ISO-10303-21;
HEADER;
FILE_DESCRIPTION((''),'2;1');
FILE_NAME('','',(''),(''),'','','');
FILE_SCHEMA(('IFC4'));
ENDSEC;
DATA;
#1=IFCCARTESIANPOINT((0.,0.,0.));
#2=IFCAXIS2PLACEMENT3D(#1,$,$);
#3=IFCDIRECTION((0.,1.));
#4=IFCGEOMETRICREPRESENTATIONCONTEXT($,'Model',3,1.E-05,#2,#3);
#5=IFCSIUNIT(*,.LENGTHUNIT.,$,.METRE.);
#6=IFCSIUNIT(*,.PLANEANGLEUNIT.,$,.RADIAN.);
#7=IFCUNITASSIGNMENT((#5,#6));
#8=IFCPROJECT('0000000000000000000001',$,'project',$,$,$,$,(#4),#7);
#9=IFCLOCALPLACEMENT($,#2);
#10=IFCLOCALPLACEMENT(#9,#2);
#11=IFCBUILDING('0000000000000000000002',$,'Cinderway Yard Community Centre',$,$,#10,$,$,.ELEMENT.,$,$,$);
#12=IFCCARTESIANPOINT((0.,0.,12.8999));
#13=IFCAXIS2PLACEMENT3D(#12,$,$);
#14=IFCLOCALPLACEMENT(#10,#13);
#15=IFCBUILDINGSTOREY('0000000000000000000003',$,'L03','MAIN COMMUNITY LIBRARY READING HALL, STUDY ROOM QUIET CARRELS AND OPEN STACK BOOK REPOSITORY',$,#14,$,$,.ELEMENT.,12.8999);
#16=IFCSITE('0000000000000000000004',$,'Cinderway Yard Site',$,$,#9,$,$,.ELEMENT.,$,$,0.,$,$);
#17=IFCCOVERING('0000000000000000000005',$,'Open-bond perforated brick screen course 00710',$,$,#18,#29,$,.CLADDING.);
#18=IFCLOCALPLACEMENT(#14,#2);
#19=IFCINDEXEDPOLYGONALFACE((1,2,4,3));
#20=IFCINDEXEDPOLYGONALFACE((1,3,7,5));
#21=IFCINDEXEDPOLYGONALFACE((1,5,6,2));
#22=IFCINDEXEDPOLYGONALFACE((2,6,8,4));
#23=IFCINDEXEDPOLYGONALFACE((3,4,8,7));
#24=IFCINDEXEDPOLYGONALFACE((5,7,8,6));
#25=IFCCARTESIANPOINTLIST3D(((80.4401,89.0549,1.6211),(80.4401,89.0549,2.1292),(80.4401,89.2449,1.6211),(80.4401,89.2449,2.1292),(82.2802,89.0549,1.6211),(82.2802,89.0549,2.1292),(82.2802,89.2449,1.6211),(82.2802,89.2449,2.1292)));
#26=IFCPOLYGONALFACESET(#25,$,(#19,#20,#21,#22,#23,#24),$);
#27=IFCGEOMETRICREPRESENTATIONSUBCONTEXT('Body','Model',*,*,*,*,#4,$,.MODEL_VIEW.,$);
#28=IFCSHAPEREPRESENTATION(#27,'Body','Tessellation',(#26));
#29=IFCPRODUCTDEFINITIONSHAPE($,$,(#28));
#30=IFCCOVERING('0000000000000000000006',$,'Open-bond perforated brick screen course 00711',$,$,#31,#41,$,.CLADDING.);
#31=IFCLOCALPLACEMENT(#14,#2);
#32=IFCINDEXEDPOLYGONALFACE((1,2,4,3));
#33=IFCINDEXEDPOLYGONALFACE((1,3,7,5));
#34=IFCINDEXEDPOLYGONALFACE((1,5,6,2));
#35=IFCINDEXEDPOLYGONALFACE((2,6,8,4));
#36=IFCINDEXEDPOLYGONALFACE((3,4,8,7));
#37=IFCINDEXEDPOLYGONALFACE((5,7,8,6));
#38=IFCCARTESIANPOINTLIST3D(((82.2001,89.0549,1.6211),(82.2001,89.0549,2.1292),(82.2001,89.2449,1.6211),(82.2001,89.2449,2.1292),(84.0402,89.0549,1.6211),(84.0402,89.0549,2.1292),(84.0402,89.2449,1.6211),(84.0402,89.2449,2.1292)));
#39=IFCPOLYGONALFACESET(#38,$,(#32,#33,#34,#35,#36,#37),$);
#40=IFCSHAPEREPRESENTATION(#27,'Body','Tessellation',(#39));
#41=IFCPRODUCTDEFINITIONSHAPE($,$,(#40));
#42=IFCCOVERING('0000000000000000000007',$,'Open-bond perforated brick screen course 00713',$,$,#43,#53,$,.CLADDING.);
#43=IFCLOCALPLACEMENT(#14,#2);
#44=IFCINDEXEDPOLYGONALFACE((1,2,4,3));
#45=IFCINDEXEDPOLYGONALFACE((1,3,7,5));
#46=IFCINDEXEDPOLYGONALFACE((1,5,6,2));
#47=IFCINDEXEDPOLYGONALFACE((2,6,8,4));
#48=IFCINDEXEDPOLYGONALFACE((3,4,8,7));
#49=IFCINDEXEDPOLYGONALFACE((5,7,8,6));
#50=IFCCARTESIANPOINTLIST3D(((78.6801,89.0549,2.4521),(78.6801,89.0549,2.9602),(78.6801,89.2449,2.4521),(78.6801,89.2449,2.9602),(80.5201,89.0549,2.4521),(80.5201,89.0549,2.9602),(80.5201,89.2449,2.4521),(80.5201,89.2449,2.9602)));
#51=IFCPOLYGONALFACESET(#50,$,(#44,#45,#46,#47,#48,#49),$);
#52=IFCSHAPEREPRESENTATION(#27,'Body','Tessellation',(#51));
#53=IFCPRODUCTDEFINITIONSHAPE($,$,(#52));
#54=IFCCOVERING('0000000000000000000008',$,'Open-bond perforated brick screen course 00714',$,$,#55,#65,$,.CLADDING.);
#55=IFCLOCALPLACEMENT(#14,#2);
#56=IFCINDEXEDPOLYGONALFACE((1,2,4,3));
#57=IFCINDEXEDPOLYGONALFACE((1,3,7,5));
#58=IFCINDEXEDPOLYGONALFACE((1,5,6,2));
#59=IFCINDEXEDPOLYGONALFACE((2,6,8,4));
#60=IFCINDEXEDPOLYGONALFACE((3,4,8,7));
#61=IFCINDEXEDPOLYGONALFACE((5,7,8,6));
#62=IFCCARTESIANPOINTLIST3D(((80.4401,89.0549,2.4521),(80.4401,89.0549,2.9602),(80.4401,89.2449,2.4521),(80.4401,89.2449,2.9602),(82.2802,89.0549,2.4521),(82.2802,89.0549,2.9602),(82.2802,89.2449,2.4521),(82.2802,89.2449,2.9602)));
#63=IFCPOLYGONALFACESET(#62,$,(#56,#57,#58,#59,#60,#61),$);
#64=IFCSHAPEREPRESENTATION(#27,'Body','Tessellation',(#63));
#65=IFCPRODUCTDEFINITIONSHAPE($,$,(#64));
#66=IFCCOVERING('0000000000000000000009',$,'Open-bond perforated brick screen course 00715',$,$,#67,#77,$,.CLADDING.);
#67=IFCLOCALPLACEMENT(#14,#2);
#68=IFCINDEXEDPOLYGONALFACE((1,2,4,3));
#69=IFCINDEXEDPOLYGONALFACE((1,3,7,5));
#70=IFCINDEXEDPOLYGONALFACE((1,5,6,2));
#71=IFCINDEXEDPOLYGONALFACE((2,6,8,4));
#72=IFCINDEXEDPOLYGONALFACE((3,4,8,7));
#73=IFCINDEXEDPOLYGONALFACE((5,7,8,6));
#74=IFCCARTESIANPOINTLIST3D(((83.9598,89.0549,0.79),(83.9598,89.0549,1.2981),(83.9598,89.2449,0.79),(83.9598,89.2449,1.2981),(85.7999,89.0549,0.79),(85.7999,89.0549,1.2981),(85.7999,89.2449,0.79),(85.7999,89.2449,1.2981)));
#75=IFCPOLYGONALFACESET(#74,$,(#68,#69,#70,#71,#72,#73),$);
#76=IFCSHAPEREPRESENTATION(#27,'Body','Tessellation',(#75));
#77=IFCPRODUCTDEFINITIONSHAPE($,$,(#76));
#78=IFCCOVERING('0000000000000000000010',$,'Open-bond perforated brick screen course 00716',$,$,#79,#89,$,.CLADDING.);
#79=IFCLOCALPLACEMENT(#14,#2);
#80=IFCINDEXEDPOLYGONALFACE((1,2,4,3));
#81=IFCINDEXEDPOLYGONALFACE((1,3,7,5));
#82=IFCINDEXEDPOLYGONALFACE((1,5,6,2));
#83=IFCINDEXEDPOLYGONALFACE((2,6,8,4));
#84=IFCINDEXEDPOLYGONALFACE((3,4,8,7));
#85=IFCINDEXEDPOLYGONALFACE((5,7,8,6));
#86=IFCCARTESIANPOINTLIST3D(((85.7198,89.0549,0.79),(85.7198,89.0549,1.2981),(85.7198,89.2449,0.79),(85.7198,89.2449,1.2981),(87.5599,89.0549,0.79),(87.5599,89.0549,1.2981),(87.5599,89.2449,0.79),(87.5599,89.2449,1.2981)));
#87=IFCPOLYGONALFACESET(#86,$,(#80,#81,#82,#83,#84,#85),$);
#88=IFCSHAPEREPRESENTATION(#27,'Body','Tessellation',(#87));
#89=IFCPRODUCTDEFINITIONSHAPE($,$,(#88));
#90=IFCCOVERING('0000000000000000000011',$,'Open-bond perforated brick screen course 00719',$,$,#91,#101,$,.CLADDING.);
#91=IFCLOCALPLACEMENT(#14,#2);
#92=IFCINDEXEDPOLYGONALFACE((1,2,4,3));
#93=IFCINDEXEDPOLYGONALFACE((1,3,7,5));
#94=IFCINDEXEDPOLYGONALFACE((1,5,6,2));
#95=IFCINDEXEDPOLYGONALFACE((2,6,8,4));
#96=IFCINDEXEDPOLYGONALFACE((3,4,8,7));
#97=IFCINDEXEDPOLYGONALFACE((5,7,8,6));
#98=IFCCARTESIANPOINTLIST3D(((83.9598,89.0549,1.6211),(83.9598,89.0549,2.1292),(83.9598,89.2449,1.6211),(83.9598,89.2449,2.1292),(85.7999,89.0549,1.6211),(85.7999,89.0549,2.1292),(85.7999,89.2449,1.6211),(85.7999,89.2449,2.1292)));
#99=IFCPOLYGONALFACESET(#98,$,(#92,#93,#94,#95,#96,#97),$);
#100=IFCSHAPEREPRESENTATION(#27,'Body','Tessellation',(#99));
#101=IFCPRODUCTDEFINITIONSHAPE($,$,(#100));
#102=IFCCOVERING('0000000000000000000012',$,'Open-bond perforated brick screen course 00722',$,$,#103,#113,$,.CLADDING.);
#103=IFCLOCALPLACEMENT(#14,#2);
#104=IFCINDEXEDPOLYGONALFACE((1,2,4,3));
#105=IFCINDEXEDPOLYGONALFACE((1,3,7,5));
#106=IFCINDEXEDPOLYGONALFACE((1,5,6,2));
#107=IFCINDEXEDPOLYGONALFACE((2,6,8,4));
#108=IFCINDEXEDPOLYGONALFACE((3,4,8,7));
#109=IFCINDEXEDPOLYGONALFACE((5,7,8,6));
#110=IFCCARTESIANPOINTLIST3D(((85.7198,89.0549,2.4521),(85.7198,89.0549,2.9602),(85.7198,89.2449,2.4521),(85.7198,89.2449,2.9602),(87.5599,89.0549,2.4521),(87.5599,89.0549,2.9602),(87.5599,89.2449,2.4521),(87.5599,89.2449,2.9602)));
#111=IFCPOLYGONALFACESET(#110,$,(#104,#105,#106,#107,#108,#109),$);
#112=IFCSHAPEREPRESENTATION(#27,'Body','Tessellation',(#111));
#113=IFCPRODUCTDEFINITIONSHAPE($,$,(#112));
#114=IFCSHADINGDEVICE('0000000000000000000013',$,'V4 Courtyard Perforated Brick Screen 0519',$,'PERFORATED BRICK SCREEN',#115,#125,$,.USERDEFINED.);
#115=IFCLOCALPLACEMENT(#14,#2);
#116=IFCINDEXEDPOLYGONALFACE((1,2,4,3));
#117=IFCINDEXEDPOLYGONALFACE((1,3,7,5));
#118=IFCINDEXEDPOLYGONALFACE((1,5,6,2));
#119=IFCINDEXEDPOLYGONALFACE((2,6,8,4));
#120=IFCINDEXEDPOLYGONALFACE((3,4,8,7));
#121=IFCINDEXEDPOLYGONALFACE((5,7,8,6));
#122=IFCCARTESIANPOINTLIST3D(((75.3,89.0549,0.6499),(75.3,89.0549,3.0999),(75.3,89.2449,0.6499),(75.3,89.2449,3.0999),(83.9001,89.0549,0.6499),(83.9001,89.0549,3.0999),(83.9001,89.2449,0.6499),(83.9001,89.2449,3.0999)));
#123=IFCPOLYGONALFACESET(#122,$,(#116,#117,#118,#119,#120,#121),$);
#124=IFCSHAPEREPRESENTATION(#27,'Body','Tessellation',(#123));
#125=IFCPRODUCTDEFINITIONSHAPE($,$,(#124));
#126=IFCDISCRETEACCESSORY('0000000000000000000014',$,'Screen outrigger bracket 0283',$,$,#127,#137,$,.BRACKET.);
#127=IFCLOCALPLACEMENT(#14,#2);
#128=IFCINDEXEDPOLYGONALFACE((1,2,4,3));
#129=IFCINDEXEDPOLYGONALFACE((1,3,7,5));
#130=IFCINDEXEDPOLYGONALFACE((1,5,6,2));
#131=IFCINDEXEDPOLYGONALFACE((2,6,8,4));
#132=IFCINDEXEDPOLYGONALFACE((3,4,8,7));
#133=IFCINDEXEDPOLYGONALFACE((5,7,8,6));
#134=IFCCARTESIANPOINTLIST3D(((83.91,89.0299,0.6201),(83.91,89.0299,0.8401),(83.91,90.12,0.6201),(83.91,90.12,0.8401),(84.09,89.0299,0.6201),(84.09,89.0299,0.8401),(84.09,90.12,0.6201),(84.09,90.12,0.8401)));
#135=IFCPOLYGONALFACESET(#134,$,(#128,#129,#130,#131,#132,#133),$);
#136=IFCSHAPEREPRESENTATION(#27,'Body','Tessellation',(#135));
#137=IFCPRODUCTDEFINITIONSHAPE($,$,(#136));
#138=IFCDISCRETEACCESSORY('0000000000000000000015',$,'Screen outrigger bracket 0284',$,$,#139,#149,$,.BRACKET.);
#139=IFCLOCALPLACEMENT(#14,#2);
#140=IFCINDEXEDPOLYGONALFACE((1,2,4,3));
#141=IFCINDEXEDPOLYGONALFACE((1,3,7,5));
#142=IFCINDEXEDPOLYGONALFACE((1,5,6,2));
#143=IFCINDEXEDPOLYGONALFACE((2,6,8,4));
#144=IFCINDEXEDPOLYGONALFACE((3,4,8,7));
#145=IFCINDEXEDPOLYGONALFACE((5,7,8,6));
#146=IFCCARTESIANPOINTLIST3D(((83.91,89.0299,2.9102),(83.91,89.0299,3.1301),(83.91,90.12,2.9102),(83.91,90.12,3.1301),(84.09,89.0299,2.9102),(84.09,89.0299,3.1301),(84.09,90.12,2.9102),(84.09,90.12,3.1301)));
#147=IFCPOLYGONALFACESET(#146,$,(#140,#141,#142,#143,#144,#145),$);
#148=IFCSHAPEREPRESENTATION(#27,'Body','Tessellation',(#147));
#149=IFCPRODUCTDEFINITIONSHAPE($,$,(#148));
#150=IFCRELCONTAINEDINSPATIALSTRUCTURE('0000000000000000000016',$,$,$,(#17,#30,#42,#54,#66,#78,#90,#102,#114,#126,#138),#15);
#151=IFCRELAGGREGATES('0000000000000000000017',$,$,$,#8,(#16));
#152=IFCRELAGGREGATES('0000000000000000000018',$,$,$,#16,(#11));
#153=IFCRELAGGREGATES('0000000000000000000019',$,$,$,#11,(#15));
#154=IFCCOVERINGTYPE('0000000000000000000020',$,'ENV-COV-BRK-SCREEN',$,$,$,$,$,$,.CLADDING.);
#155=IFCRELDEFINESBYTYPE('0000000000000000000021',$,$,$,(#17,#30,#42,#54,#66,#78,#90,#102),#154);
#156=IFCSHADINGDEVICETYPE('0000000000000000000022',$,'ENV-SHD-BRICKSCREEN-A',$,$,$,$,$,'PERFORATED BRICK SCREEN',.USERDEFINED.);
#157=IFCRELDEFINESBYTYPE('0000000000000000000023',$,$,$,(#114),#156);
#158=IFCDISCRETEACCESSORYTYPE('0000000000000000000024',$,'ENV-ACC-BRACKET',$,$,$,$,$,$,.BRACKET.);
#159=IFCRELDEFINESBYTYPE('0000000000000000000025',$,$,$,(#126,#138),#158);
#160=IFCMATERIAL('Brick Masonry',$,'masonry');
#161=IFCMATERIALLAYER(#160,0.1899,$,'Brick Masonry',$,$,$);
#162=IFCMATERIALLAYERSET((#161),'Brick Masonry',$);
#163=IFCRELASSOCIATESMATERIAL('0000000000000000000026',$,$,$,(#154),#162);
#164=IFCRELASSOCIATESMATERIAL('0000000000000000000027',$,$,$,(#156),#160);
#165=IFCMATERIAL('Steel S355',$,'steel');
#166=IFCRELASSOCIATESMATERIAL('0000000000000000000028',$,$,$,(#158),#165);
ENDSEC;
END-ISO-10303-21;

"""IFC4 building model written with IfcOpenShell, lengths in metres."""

from ifc_helpers import new_model, si_unit, direction, frame, origin, origin_2d, place, context, subcontext, project, spatial, rectangle, extrude, material, layer, layer_set, type_object, element, save


model = new_model("IFC4")

# Units and contexts
model_context = context("Model", 3, precision=1e-05, world=origin(), true_north=direction((0.0, 1.0)))
body_context = subcontext(model_context, "Body", "Model", "MODEL_VIEW")
ifc_project = project(units=[si_unit("LENGTHUNIT", "METRE"), si_unit("PLANEANGLEUNIT", "RADIAN")], contexts=[model_context])

# Site, building, storey
site_placement = place(None, origin())
site = spatial("IfcSite", under=ifc_project, at=site_placement, Name="Cinderway Yard Site", CompositionType="ELEMENT", RefElevation=0.0)
building_placement = place(site_placement, origin())
building = spatial("IfcBuilding", under=site, at=building_placement, Name="Cinderway Yard Community Centre", CompositionType="ELEMENT")
storey_placement = place(building_placement, frame((0.0, 0.0, 12.8999)))
storey = spatial("IfcBuildingStorey", under=building, at=storey_placement, Name="L03", Description="MAIN COMMUNITY LIBRARY READING HALL, STUDY ROOM QUIET CARRELS AND OPEN STACK BOOK REPOSITORY", CompositionType="ELEMENT", Elevation=12.8999)

# Shared definitions
ifc_material_1 = material(Name="Steel S355", Category="steel")

# Coverings
ifc_material_2 = material(Name="Brick Masonry", Category="masonry")
ifc_layer_1 = layer(ifc_material_2, 0.1899, Name="Brick Masonry")
ifc_layer_set_1 = layer_set([ifc_layer_1], Name="Brick Masonry")
covering_type = type_object("IfcCoveringType", Name="ENV-COV-BRK-SCREEN", PredefinedType="CLADDING", material=ifc_layer_set_1)
for number, where, z_axis, x_axis, name in (
    (1, (81.3601, 89.1499, 1.6211), (0.0, 0.0, 1.0), (-1.0, 0.0, 0.0), "Open-bond perforated brick screen course 00710"),
    (2, (83.1201, 89.1499, 1.6211), (0.0, 0.0, 1.0), (-1.0, 0.0, 0.0), "Open-bond perforated brick screen course 00711"),
    (3, (79.6001, 89.1499, 2.4521), (0.0, 0.0, 1.0), (-1.0, 0.0, 0.0), "Open-bond perforated brick screen course 00713"),
    (4, (81.3601, 89.1499, 2.4521), (0.0, 0.0, 1.0), (-1.0, 0.0, 0.0), "Open-bond perforated brick screen course 00714"),
    (5, (84.8799, 89.1499, 0.79), (0.0, 0.0, 1.0), (-1.0, 0.0, 0.0), "Open-bond perforated brick screen course 00715"),
    (6, (86.6399, 89.1499, 0.79), (0.0, 0.0, 1.0), (-1.0, 0.0, 0.0), "Open-bond perforated brick screen course 00716"),
    (7, (84.8799, 89.1499, 1.6211), (0.0, 0.0, 1.0), (-1.0, 0.0, 0.0), "Open-bond perforated brick screen course 00719"),
    (8, (86.6399, 89.1499, 2.4521), (0.0, 0.0, 1.0), (-1.0, 0.0, 0.0), "Open-bond perforated brick screen course 00722"),
):
    element("IfcCovering", number, at=place(storey_placement, frame(where, z_axis=z_axis, x_axis=x_axis)), inside=storey, type_object=covering_type, Name=name, PredefinedType="CLADDING", context=body_context, shape_type="SweptSolid", body=[
        extrude(rectangle(XDim=1.8401, YDim=0.1899, at=origin_2d()), origin(), (0.0, 0.0, 1.0), 0.5081),
    ])

# Shading device
shading_device_type = type_object("IfcShadingDeviceType", Name="ENV-SHD-BRICKSCREEN-A", ElementType="PERFORATED BRICK SCREEN", PredefinedType="USERDEFINED", material=ifc_material_2)
shading_device_placement = place(storey_placement, frame((79.6001, 89.1499, 0.6499), z_axis=(0.0, 0.0, 1.0), x_axis=(-1.0, 0.0, 0.0)))
element("IfcShadingDevice", 9, at=shading_device_placement, inside=storey, type_object=shading_device_type, Name="V4 Courtyard Perforated Brick Screen 0519", ObjectType="PERFORATED BRICK SCREEN", PredefinedType="USERDEFINED", context=body_context, shape_type="SweptSolid", body=[
    extrude(rectangle(XDim=8.6001, YDim=0.1899, at=origin_2d()), origin(), (0.0, 0.0, 1.0), 2.45),
])

# Discrete accessories
discrete_accessory_type = type_object("IfcDiscreteAccessoryType", Name="ENV-ACC-BRACKET", PredefinedType="BRACKET", material=ifc_material_1)
for number, where, z_axis, x_axis, name in (
    (10, (84.0, 89.575, 0.6201), (0.0, 0.0, 1.0), (0.0, -1.0, 0.0), "Screen outrigger bracket 0283"),
    (11, (84.0, 89.575, 2.9102), (0.0, 0.0, 1.0), (0.0, -1.0, 0.0), "Screen outrigger bracket 0284"),
):
    element("IfcDiscreteAccessory", number, at=place(storey_placement, frame(where, z_axis=z_axis, x_axis=x_axis)), inside=storey, type_object=discrete_accessory_type, Name=name, PredefinedType="BRACKET", context=body_context, shape_type="SweptSolid", body=[
        extrude(rectangle(XDim=1.0901, YDim=0.1799, at=origin_2d()), origin(), (0.0, 0.0, 1.0), 0.22),
    ])

save(model, "model.ifc")
